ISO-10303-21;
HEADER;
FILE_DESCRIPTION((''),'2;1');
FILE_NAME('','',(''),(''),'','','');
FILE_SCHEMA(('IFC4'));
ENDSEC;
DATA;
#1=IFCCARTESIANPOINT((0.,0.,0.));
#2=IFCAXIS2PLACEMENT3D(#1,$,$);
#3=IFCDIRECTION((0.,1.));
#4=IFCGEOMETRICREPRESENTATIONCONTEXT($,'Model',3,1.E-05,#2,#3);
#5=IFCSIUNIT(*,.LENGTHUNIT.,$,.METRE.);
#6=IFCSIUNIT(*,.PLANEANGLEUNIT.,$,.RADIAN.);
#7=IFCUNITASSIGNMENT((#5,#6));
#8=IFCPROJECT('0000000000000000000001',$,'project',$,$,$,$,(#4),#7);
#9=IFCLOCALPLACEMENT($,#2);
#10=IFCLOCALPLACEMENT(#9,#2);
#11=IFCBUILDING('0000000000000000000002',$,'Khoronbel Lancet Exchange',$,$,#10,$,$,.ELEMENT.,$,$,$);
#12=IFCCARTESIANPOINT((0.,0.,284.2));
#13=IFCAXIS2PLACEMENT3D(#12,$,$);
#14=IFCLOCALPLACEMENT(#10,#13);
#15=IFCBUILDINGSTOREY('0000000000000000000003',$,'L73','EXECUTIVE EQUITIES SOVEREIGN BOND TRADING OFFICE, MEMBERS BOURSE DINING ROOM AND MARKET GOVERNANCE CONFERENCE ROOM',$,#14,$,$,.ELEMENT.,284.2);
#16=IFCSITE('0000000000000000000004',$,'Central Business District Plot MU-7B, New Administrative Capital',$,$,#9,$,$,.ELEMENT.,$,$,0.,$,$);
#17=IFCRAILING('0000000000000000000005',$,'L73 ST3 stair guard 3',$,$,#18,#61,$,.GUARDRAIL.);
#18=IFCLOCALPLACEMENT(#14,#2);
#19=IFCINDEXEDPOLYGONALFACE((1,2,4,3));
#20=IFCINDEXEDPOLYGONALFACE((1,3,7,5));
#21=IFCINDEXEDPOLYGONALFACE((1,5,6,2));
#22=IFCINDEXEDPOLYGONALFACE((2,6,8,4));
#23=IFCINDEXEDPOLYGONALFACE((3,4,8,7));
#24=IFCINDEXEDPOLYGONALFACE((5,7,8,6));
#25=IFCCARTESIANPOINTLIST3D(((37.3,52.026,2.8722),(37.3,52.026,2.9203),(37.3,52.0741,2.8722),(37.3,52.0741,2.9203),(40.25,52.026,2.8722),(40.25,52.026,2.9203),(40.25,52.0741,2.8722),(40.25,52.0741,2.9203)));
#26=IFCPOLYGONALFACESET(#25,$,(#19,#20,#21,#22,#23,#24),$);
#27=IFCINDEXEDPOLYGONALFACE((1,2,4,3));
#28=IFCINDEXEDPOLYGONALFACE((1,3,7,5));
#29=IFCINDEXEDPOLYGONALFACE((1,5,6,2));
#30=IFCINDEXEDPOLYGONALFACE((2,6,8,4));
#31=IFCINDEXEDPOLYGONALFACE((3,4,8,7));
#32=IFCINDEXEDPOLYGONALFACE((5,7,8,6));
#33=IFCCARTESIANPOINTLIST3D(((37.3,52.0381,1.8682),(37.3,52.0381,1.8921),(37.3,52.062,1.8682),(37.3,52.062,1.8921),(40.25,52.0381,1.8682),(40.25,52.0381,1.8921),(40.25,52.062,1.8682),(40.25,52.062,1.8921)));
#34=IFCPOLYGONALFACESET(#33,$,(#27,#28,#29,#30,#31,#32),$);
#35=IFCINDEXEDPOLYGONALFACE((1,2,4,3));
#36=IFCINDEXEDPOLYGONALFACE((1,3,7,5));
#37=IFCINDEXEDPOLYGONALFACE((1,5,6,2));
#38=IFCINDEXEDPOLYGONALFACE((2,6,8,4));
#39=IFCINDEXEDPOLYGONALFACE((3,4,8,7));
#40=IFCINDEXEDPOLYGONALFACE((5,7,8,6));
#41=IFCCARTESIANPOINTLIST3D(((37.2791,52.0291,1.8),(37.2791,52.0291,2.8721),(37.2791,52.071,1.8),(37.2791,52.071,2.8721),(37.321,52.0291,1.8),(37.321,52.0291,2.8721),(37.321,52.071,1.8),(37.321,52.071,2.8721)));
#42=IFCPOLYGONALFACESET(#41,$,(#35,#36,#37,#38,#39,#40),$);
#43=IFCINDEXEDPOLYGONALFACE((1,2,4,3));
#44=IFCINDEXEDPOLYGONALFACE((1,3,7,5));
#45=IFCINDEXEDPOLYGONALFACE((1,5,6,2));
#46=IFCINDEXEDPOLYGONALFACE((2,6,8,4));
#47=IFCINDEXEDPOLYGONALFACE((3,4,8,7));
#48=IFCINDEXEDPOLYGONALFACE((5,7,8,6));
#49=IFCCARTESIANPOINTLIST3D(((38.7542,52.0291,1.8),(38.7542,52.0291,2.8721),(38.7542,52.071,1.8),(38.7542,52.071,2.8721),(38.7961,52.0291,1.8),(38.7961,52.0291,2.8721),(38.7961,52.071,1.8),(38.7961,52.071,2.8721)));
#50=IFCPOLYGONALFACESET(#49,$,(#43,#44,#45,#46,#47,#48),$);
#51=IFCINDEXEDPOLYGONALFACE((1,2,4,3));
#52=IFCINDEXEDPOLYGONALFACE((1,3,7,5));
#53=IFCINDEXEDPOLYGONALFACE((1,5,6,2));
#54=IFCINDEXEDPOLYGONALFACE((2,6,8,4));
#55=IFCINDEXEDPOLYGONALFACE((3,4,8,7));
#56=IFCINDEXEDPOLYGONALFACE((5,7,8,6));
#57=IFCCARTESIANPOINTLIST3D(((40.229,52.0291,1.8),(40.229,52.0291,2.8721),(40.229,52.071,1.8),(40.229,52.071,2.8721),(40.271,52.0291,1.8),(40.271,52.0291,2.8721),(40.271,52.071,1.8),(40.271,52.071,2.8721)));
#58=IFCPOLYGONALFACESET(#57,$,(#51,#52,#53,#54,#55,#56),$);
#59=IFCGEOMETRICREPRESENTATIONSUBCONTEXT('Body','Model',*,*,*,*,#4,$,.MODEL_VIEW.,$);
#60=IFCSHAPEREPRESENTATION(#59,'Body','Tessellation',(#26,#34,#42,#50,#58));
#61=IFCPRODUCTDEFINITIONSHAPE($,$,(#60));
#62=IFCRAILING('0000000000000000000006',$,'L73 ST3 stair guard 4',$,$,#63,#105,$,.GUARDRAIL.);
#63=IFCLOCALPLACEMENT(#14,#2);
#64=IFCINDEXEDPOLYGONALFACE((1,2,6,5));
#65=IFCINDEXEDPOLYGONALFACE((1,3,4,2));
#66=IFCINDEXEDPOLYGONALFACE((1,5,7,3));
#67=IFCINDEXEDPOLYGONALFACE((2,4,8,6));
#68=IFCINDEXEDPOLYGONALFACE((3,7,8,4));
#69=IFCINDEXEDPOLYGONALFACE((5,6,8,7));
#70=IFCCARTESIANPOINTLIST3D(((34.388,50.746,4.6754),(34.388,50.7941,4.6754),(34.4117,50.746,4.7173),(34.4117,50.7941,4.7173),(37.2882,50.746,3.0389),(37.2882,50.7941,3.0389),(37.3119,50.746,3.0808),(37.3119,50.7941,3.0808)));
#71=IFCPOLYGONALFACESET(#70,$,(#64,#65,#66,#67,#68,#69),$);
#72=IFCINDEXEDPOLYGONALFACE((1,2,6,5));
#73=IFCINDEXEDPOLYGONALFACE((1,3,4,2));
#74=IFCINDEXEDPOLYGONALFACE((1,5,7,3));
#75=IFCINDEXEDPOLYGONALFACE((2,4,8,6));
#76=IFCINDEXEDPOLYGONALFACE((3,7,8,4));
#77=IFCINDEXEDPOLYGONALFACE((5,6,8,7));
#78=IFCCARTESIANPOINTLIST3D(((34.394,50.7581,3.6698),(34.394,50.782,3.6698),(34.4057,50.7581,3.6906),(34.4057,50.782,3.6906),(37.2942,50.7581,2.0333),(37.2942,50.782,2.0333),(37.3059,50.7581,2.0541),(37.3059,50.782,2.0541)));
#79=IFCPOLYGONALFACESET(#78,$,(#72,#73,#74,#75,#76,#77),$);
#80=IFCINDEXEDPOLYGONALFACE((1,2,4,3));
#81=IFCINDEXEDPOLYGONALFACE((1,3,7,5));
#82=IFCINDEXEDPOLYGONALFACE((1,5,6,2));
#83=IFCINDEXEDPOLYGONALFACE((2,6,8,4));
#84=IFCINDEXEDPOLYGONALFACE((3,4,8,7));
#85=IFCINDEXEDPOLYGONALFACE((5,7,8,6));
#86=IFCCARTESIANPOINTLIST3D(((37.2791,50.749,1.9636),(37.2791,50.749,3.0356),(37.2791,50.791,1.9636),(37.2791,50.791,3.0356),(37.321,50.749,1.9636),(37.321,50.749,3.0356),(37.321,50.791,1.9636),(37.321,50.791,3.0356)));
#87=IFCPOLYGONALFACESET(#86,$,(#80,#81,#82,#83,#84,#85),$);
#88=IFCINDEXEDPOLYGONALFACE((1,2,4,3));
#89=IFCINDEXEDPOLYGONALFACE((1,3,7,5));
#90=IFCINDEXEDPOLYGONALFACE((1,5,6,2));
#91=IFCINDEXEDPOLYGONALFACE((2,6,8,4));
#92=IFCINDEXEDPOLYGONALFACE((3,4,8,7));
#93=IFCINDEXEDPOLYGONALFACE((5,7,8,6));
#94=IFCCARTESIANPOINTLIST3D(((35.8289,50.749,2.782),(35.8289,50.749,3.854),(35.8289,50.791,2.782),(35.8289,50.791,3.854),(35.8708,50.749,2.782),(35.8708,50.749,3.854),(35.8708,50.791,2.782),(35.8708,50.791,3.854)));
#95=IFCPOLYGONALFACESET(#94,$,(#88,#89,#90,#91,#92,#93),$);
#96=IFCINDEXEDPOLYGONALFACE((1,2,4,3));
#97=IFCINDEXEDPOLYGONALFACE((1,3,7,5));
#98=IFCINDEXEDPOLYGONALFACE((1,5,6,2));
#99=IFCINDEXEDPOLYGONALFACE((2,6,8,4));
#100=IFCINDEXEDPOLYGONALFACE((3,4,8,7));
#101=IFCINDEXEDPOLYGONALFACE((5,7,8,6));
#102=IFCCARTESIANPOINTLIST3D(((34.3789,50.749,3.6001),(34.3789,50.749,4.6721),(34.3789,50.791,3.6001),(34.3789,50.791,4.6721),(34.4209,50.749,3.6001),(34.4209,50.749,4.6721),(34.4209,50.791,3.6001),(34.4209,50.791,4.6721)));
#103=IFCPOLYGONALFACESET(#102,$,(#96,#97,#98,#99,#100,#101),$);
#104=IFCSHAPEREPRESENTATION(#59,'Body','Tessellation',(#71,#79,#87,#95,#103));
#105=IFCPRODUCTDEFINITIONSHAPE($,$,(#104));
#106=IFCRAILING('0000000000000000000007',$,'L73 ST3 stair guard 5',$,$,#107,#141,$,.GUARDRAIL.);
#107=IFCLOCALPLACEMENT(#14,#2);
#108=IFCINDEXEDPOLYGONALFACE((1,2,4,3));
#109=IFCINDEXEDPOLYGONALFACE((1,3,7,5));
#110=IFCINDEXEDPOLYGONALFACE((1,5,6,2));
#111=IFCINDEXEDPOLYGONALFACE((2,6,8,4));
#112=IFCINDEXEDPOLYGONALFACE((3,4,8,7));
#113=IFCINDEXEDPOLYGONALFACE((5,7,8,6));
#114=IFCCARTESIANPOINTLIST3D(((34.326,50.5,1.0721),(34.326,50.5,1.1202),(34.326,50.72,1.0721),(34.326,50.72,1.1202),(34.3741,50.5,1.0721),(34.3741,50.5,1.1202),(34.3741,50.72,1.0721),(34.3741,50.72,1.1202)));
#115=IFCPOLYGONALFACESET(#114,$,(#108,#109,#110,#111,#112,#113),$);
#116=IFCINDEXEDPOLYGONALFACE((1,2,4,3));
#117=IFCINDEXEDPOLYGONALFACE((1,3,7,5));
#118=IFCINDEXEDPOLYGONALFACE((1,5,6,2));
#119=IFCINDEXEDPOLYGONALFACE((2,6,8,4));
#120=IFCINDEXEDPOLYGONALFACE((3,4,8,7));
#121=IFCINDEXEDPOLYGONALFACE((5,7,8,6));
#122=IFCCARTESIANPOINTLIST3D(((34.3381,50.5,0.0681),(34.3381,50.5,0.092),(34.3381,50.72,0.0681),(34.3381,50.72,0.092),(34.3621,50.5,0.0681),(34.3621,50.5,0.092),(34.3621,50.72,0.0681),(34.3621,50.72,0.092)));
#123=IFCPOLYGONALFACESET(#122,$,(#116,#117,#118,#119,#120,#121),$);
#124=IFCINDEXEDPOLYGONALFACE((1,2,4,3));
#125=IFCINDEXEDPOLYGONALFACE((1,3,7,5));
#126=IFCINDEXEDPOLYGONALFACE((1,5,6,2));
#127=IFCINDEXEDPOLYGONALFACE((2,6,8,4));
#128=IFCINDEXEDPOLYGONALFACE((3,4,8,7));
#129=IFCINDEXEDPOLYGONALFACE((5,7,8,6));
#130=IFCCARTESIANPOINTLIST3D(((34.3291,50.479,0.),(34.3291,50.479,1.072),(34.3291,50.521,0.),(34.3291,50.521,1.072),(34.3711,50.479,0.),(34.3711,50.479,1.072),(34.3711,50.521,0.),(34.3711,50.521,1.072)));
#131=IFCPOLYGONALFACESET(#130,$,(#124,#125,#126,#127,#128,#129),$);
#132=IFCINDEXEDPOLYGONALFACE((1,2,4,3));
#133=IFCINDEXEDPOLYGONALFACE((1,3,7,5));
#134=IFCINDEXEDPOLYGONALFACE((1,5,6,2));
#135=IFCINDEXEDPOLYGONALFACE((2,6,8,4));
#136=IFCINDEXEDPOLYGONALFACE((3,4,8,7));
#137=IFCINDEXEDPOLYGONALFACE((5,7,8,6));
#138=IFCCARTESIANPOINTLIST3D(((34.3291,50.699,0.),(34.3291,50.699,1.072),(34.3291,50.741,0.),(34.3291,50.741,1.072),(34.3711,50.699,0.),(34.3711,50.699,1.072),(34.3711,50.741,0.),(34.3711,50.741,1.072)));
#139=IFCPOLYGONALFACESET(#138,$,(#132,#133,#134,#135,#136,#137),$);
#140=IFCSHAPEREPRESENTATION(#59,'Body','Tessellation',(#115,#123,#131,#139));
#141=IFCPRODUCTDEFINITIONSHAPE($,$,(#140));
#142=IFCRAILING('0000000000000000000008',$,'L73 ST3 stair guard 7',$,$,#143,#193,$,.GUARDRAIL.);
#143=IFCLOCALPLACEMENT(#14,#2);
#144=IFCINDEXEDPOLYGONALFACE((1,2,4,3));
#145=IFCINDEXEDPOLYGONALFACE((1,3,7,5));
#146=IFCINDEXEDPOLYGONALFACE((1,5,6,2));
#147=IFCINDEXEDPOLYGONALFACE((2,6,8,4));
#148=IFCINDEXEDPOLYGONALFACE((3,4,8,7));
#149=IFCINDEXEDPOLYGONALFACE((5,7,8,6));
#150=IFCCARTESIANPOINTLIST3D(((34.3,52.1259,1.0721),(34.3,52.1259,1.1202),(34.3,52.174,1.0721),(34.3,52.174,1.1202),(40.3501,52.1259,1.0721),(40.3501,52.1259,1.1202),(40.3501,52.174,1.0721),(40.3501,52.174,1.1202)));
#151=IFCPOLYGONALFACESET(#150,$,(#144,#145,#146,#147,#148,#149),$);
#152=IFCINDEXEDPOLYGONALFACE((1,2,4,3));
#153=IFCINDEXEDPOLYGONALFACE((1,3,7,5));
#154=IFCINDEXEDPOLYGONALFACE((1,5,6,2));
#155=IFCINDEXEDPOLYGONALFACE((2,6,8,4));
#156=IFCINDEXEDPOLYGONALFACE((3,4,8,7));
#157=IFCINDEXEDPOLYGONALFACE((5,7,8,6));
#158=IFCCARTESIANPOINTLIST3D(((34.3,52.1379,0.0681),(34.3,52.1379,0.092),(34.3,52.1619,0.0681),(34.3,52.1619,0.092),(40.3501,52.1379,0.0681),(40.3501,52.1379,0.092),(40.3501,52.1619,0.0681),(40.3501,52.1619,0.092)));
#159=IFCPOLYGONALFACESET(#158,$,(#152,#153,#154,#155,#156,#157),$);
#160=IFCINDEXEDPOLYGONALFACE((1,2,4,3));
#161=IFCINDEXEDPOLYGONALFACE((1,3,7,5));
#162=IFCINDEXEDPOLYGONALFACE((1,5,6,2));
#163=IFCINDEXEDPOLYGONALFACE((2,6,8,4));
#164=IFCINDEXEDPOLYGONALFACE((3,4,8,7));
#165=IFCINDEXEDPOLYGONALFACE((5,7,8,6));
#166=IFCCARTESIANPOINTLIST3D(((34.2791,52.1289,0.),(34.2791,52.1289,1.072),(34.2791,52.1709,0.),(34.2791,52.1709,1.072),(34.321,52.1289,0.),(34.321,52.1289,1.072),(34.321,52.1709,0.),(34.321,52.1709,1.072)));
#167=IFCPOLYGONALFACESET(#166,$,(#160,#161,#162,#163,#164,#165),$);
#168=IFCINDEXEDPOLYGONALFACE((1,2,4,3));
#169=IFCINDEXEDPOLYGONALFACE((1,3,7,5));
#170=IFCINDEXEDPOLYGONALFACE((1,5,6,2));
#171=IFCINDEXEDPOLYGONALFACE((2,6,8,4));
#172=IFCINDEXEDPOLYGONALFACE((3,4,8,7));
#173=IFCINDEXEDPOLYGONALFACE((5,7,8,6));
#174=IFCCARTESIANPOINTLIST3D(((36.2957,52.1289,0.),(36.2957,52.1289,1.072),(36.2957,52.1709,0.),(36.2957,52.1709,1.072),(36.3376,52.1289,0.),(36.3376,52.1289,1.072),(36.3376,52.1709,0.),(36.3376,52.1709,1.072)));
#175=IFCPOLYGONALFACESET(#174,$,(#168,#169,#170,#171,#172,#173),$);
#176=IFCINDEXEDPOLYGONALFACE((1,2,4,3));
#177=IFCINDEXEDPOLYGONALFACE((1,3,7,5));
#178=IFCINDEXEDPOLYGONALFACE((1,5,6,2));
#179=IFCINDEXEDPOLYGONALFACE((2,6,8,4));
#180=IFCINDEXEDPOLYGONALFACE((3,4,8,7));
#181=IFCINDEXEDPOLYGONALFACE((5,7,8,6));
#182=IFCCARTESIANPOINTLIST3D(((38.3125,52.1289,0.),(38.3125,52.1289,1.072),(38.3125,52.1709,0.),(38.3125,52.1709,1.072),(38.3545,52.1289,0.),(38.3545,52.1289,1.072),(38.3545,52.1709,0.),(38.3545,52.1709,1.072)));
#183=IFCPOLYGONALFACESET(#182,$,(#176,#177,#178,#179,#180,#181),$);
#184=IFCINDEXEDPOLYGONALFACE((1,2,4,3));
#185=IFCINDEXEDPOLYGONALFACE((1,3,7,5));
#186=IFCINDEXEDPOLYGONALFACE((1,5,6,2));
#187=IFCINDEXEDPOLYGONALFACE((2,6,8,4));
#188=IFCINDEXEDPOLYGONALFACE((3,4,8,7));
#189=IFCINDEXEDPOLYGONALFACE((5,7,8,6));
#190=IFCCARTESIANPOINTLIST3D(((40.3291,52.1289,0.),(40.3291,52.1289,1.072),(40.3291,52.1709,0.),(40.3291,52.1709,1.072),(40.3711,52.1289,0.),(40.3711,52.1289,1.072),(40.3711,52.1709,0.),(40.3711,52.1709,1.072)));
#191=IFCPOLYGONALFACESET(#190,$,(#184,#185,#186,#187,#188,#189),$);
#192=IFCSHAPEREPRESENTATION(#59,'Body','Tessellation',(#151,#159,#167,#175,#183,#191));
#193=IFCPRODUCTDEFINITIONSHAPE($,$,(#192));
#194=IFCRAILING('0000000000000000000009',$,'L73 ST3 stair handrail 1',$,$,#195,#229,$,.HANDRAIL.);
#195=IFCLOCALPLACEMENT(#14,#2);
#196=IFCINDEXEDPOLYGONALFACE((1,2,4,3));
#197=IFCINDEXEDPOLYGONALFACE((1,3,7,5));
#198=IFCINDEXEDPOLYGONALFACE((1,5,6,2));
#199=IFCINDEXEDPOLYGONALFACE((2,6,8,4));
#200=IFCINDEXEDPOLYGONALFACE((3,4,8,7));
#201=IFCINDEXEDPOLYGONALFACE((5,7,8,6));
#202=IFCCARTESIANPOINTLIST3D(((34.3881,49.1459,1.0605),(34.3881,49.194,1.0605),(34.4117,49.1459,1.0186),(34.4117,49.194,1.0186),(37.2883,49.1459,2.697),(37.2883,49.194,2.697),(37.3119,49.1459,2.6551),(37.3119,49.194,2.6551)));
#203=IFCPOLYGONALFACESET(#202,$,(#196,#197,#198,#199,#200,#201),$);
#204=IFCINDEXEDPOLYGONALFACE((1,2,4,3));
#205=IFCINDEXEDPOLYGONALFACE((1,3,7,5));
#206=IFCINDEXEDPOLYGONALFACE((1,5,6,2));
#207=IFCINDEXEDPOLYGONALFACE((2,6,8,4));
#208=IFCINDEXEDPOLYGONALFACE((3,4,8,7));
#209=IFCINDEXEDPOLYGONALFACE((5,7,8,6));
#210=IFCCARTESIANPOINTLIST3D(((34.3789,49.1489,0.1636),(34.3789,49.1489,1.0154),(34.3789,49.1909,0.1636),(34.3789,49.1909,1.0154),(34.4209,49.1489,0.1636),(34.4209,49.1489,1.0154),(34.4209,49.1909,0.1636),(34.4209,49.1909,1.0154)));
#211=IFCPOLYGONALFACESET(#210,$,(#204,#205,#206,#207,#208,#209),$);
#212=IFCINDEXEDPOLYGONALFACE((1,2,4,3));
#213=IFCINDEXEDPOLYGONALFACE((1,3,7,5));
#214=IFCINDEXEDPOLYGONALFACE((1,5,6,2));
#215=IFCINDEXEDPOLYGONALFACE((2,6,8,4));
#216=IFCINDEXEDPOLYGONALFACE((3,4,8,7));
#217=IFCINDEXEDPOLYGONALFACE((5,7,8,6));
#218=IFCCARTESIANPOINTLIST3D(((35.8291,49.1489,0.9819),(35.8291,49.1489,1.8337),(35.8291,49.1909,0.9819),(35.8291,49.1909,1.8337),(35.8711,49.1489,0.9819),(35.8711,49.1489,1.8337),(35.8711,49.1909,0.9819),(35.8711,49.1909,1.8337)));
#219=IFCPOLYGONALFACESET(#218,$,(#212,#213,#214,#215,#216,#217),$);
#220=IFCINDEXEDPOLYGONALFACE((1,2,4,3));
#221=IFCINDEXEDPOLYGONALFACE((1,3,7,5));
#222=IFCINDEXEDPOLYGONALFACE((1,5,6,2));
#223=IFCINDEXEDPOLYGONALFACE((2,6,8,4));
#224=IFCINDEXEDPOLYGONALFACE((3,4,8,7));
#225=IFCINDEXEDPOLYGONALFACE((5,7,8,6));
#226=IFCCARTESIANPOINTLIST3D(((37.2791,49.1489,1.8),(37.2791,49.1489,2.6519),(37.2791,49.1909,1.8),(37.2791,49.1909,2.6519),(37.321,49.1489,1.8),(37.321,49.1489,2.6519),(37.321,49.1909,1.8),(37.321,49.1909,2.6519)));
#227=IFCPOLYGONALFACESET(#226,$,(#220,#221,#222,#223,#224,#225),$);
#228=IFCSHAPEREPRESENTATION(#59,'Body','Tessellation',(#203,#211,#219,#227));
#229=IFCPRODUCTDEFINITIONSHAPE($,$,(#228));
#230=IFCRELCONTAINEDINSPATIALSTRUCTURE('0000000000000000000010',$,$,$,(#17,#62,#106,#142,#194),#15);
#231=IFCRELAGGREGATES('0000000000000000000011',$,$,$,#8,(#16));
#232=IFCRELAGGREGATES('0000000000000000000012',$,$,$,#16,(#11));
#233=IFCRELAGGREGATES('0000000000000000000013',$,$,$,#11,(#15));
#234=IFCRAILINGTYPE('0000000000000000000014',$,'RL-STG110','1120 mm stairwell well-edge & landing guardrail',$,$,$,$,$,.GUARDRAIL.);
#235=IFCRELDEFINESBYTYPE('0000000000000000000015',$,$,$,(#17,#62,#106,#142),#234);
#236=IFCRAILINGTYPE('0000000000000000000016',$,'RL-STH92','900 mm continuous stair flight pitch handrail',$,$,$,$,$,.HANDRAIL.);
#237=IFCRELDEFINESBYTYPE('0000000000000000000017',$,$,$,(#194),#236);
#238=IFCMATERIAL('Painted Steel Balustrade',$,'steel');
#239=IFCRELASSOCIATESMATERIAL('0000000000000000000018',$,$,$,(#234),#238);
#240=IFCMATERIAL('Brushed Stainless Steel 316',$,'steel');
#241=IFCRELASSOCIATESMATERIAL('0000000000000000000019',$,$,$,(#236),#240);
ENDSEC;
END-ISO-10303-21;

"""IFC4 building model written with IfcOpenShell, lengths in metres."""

from ifc_helpers import new_model, si_unit, direction, frame, origin, origin_2d, place, context, subcontext, project, spatial, rectangle, extrude, material, type_object, element, save


model = new_model("IFC4")

# Units and contexts
model_context = context("Model", 3, precision=1e-05, world=origin(), true_north=direction((0.0, 1.0)))
body_context = subcontext(model_context, "Body", "Model", "MODEL_VIEW")
ifc_project = project(units=[si_unit("LENGTHUNIT", "METRE"), si_unit("PLANEANGLEUNIT", "RADIAN")], contexts=[model_context])

# Site, building, storey
site_placement = place(None, origin())
site = spatial("IfcSite", under=ifc_project, at=site_placement, Name="Central Business District Plot MU-7B, New Administrative Capital", CompositionType="ELEMENT", RefElevation=0.0)
building_placement = place(site_placement, origin())
building = spatial("IfcBuilding", under=site, at=building_placement, Name="Khoronbel Lancet Exchange", CompositionType="ELEMENT")
storey_placement = place(building_placement, frame((0.0, 0.0, 284.2)))
storey = spatial("IfcBuildingStorey", under=building, at=storey_placement, Name="L73", Description="EXECUTIVE EQUITIES SOVEREIGN BOND TRADING OFFICE, MEMBERS BOURSE DINING ROOM AND MARKET GOVERNANCE CONFERENCE ROOM", CompositionType="ELEMENT", Elevation=284.2)

# Railings
ifc_material_1 = material(Name="Painted Steel Balustrade", Category="steel")
railing_type_1 = type_object("IfcRailingType", Name="RL-STG110", Description="1120 mm stairwell well-edge & landing guardrail", PredefinedType="GUARDRAIL", material=ifc_material_1)
railing_1_placement = place(storey_placement, frame((37.3, 52.05, 1.8)))
element("IfcRailing", 1, at=railing_1_placement, inside=storey, type_object=railing_type_1, Name="L73 ST3 stair guard 3", PredefinedType="GUARDRAIL", context=body_context, shape_type="SweptSolid", body=[
    extrude(rectangle(XDim=0.0481, YDim=0.0481, at=origin_2d()), frame((0.0, 0.0, 1.0962), z_axis=(1.0, 0.0, 0.0), x_axis=(0.0, 1.0, 0.0)), (0.0, 0.0, 1.0), 2.95),
    extrude(rectangle(XDim=0.0239, YDim=0.0239, at=origin_2d()), frame((0.0, 0.0, 0.0801), z_axis=(1.0, 0.0, 0.0), x_axis=(0.0, 1.0, 0.0)), (0.0, 0.0, 1.0), 2.95),
    extrude(rectangle(XDim=0.042, YDim=0.042, at=origin_2d()), origin(), (0.0, 0.0, 1.0), 1.072),
    extrude(rectangle(XDim=0.042, YDim=0.042, at=origin_2d()), frame((1.4751, 0.0, 0.0)), (0.0, 0.0, 1.0), 1.072),
    extrude(rectangle(XDim=0.042, YDim=0.042, at=origin_2d()), frame((2.95, 0.0, 0.0)), (0.0, 0.0, 1.0), 1.072),
])
railing_2_placement = place(storey_placement, frame((37.3, 50.77, 1.9636)))
element("IfcRailing", 2, at=railing_2_placement, inside=storey, type_object=railing_type_1, Name="L73 ST3 stair guard 4", PredefinedType="GUARDRAIL", context=body_context, shape_type="SweptSolid", body=[
    extrude(rectangle(XDim=0.0481, YDim=0.0481, at=origin_2d()), frame((0.0, 0.0, 1.0962), z_axis=(-0.870915, 0.0, 0.491434), x_axis=(0.0, -1.0, 0.0)), (0.0, 0.0, 1.0), 3.3301),
    extrude(rectangle(XDim=0.0239, YDim=0.0239, at=origin_2d()), frame((0.0, 0.0, 0.0801), z_axis=(-0.870915, 0.0, 0.491434), x_axis=(0.0, -1.0, 0.0)), (0.0, 0.0, 1.0), 3.3301),
    extrude(rectangle(XDim=0.042, YDim=0.042, at=origin_2d()), origin(), (0.0, 0.0, 1.0), 1.072),
    extrude(rectangle(XDim=0.042, YDim=0.042, at=origin_2d()), frame((-1.4502, 0.0, 0.8184)), (0.0, 0.0, 1.0), 1.072),
    extrude(rectangle(XDim=0.042, YDim=0.042, at=origin_2d()), frame((-2.9001, 0.0, 1.6365)), (0.0, 0.0, 1.0), 1.072),
])
railing_3_placement = place(storey_placement, frame((34.3501, 50.5, 0.0)))
element("IfcRailing", 3, at=railing_3_placement, inside=storey, type_object=railing_type_1, Name="L73 ST3 stair guard 5", PredefinedType="GUARDRAIL", context=body_context, shape_type="SweptSolid", body=[
    extrude(rectangle(XDim=0.0481, YDim=0.0481, at=origin_2d()), frame((0.0, 0.0, 1.0962), z_axis=(0.0, 1.0, 0.0), x_axis=(-1.0, 0.0, 0.0)), (0.0, 0.0, 1.0), 0.22),
    extrude(rectangle(XDim=0.0239, YDim=0.0239, at=origin_2d()), frame((0.0, 0.0, 0.0801), z_axis=(0.0, 1.0, 0.0), x_axis=(-1.0, 0.0, 0.0)), (0.0, 0.0, 1.0), 0.22),
    extrude(rectangle(XDim=0.042, YDim=0.042, at=origin_2d()), origin(), (0.0, 0.0, 1.0), 1.072),
    extrude(rectangle(XDim=0.042, YDim=0.042, at=origin_2d()), frame((0.0, 0.22, 0.0)), (0.0, 0.0, 1.0), 1.072),
])
railing_4_placement = place(storey_placement, frame((34.3, 52.1499, 0.0)))
element("IfcRailing", 4, at=railing_4_placement, inside=storey, type_object=railing_type_1, Name="L73 ST3 stair guard 7", PredefinedType="GUARDRAIL", context=body_context, shape_type="SweptSolid", body=[
    extrude(rectangle(XDim=0.0481, YDim=0.0481, at=origin_2d()), frame((0.0, 0.0, 1.0962), z_axis=(1.0, 0.0, 0.0), x_axis=(0.0, 1.0, 0.0)), (0.0, 0.0, 1.0), 6.05),
    extrude(rectangle(XDim=0.0239, YDim=0.0239, at=origin_2d()), frame((0.0, 0.0, 0.0801), z_axis=(1.0, 0.0, 0.0), x_axis=(0.0, 1.0, 0.0)), (0.0, 0.0, 1.0), 6.05),
    extrude(rectangle(XDim=0.042, YDim=0.042, at=origin_2d()), origin(), (0.0, 0.0, 1.0), 1.072),
    extrude(rectangle(XDim=0.042, YDim=0.042, at=origin_2d()), frame((2.0166, 0.0, 0.0)), (0.0, 0.0, 1.0), 1.072),
    extrude(rectangle(XDim=0.042, YDim=0.042, at=origin_2d()), frame((4.0334, 0.0, 0.0)), (0.0, 0.0, 1.0), 1.072),
    extrude(rectangle(XDim=0.042, YDim=0.042, at=origin_2d()), frame((6.05, 0.0, 0.0)), (0.0, 0.0, 1.0), 1.072),
])
ifc_material_2 = material(Name="Brushed Stainless Steel 316", Category="steel")
railing_type_2 = type_object("IfcRailingType", Name="RL-STH92", Description="900 mm continuous stair flight pitch handrail", PredefinedType="HANDRAIL", material=ifc_material_2)
railing_5_placement = place(storey_placement, frame((34.3999, 49.1699, 0.1636)))
element("IfcRailing", 5, at=railing_5_placement, inside=storey, type_object=railing_type_2, Name="L73 ST3 stair handrail 1", PredefinedType="HANDRAIL", context=body_context, shape_type="SweptSolid", body=[
    extrude(rectangle(XDim=0.0481, YDim=0.0481, at=origin_2d()), frame((0.0, 0.0, 0.876), z_axis=(0.870915, 0.0, 0.491434), x_axis=(0.0, 1.0, 0.0)), (0.0, 0.0, 1.0), 3.3301),
    extrude(rectangle(XDim=0.042, YDim=0.042, at=origin_2d()), origin(), (0.0, 0.0, 1.0), 0.8518),
    extrude(rectangle(XDim=0.042, YDim=0.042, at=origin_2d()), frame((1.4502, 0.0, 0.8184)), (0.0, 0.0, 1.0), 0.8518),
    extrude(rectangle(XDim=0.042, YDim=0.042, at=origin_2d()), frame((2.9001, 0.0, 1.6365)), (0.0, 0.0, 1.0), 0.8518),
])

save(model, "model.ifc")
